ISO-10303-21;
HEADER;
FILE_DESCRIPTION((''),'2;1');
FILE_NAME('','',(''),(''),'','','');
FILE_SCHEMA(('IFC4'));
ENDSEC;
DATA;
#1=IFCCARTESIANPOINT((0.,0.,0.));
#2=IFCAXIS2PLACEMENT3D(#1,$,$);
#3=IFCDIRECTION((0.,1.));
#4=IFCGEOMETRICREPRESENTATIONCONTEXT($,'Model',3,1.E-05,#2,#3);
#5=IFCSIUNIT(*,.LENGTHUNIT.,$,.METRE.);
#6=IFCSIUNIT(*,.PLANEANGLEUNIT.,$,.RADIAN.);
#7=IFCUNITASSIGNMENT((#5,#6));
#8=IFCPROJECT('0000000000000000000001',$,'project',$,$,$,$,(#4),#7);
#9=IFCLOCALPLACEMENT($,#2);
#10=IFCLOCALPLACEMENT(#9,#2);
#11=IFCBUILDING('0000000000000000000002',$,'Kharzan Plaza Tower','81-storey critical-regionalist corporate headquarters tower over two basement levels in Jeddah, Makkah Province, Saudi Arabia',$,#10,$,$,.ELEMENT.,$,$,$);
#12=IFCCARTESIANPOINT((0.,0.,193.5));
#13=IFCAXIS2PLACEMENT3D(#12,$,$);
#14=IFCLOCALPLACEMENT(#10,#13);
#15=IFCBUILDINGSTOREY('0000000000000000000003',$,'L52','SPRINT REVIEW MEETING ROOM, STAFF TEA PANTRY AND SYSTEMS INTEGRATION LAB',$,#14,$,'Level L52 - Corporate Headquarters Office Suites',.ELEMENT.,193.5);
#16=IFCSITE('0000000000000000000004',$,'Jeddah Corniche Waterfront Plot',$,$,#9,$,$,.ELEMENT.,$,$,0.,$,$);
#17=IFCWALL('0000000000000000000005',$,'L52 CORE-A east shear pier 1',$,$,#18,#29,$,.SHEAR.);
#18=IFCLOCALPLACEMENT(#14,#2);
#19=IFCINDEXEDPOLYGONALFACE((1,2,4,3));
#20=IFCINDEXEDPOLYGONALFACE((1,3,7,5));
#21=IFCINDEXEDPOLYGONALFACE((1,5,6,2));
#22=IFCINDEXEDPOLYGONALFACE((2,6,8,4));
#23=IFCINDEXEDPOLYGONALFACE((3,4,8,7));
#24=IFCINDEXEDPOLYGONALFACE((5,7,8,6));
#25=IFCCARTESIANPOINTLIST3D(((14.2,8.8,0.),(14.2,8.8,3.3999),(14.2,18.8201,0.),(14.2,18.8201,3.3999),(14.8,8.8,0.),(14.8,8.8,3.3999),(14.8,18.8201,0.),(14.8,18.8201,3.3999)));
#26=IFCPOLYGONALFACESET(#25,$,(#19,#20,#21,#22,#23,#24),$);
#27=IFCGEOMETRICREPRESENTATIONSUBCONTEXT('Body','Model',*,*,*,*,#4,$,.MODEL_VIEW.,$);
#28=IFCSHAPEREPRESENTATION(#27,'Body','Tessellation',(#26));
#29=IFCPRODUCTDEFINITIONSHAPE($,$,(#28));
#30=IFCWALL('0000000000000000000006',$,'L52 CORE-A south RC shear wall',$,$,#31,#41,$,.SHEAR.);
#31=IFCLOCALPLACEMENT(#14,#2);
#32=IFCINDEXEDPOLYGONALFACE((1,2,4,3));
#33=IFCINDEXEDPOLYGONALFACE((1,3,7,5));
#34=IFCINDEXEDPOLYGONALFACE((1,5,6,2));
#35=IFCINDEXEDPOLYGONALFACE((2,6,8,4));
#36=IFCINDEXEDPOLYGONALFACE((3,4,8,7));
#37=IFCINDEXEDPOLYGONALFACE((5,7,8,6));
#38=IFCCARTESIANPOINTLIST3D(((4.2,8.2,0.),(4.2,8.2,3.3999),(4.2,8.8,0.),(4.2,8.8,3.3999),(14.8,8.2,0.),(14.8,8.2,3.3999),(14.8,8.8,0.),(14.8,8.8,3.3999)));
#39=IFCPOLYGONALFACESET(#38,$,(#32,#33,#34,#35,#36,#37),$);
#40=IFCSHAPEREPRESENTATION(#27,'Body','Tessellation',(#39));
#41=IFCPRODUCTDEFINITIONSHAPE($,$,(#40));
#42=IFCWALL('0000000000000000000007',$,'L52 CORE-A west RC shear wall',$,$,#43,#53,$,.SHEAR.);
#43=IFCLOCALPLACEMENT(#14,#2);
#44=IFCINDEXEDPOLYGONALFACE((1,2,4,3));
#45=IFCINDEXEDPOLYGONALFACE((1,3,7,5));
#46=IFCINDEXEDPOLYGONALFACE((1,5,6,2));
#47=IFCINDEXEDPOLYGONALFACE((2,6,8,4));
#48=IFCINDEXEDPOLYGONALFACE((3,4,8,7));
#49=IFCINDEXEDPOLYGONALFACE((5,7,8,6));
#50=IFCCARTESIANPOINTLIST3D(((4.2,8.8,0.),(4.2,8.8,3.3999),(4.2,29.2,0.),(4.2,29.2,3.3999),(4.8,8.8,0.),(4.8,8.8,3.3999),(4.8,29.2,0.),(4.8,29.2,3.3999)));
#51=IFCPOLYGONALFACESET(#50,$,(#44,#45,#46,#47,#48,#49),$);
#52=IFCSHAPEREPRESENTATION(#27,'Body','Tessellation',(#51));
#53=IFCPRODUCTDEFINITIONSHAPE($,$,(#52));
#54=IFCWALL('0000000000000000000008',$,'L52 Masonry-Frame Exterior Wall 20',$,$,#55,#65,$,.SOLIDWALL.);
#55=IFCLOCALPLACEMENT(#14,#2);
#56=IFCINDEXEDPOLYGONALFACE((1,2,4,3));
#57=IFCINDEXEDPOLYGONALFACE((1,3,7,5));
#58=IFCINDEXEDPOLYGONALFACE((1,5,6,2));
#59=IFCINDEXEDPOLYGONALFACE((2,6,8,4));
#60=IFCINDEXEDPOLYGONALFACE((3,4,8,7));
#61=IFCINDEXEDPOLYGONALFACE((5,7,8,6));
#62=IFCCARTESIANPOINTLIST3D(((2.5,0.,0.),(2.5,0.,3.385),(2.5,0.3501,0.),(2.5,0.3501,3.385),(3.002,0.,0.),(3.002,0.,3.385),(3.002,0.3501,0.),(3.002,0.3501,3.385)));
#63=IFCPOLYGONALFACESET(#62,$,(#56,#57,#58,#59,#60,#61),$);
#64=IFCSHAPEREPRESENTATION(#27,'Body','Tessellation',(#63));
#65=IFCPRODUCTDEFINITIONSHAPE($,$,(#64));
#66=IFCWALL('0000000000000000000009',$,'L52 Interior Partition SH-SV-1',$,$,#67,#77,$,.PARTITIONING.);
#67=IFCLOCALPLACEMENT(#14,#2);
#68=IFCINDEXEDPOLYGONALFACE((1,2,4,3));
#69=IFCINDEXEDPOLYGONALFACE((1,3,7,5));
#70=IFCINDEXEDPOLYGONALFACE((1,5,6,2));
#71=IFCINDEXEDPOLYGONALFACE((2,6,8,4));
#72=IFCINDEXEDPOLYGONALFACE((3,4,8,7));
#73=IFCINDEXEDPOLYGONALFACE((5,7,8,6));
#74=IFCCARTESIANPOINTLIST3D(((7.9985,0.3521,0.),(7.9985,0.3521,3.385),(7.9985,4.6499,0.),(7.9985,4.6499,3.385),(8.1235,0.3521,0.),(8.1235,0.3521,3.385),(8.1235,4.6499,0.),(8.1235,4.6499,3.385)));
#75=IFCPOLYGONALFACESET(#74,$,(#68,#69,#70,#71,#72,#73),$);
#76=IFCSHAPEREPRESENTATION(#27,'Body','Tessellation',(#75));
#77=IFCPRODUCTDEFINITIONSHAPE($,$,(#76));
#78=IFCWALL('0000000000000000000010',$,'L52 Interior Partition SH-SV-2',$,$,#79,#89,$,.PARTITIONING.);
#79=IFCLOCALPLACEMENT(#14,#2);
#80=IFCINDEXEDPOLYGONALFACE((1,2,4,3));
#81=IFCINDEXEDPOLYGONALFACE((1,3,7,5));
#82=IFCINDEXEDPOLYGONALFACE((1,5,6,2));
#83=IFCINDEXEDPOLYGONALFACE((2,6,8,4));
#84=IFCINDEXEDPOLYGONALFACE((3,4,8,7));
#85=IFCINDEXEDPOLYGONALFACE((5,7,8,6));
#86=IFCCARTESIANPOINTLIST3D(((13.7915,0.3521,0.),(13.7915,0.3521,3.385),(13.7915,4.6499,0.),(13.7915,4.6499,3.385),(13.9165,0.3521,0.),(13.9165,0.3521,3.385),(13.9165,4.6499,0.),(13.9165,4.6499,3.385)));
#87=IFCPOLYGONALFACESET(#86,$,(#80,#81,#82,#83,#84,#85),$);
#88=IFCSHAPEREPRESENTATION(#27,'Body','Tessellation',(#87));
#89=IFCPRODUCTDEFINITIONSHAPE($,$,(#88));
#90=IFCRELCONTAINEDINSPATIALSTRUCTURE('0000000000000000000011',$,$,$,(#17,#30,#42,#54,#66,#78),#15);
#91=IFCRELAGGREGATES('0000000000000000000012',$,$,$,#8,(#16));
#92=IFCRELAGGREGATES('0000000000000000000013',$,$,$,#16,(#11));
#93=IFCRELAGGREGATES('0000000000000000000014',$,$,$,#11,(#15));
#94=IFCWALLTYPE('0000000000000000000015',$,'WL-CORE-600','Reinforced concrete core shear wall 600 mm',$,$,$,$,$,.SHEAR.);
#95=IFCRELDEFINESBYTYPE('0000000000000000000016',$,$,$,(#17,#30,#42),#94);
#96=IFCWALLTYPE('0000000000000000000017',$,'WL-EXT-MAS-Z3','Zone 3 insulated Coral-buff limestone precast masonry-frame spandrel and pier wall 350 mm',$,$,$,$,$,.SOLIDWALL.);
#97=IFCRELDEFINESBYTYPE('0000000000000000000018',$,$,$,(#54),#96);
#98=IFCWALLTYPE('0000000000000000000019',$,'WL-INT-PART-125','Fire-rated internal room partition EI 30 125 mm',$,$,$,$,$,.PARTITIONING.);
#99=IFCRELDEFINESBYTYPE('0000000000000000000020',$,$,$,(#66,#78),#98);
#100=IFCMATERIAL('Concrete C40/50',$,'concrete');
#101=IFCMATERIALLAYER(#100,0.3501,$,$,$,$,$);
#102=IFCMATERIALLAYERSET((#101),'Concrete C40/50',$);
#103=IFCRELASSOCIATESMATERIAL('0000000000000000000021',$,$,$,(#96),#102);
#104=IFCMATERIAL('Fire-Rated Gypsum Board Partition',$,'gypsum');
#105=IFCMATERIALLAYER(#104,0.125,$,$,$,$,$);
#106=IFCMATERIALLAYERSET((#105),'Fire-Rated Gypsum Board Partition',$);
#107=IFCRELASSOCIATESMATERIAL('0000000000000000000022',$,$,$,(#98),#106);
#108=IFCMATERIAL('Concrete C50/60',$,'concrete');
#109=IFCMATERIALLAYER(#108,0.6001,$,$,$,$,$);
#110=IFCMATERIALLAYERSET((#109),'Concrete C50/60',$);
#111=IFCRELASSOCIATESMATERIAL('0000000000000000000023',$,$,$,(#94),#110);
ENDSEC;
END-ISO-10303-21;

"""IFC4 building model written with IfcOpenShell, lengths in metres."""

from ifc_helpers import new_model, si_unit, direction, frame, frame_2d, origin, place, context, subcontext, project, spatial, rectangle, extrude, source, transform, mapped, material, layer, layer_set, type_object, element, save


model = new_model("IFC4")

# Units and contexts
model_context = context("Model", 3, precision=1e-05, world=origin(), true_north=direction((0.0, 1.0)))
body_context = subcontext(model_context, "Body", "Model", "MODEL_VIEW")
ifc_project = project(units=[si_unit("LENGTHUNIT", "METRE"), si_unit("PLANEANGLEUNIT", "RADIAN")], contexts=[model_context])

# Site, building, storey
site_placement = place(None, origin())
site = spatial("IfcSite", under=ifc_project, at=site_placement, Name="Jeddah Corniche Waterfront Plot", CompositionType="ELEMENT", RefElevation=0.0)
building_placement = place(site_placement, origin())
building = spatial("IfcBuilding", under=site, at=building_placement, Name="Kharzan Plaza Tower", Description="81-storey critical-regionalist corporate headquarters tower over two basement levels in Jeddah, Makkah Province, Saudi Arabia", CompositionType="ELEMENT")
storey_placement = place(building_placement, frame((0.0, 0.0, 193.5)))
storey = spatial("IfcBuildingStorey", under=building, at=storey_placement, Name="L52", Description="SPRINT REVIEW MEETING ROOM, STAFF TEA PANTRY AND SYSTEMS INTEGRATION LAB", LongName="Level L52 - Corporate Headquarters Office Suites", CompositionType="ELEMENT", Elevation=193.5)

# Shared definitions
ifc_material_1 = material(Name="Concrete C50/60", Category="concrete")

# Shared definitions
ifc_material_2 = material(Name="Concrete C40/50", Category="concrete")
ifc_layer_1 = layer(ifc_material_2, 0.3501)
ifc_layer_set_1 = layer_set([ifc_layer_1], Name="Concrete C40/50")
wall_type_1 = type_object("IfcWallType", Name="WL-EXT-MAS-Z3", Description="Zone 3 insulated Coral-buff limestone precast masonry-frame spandrel and pier wall 350 mm", PredefinedType="SOLIDWALL", material=ifc_layer_set_1)

# Shared definitions
ifc_material_3 = material(Name="Fire-Rated Gypsum Board Partition", Category="gypsum")
ifc_layer_2 = layer(ifc_material_3, 0.125)
ifc_layer_set_2 = layer_set([ifc_layer_2], Name="Fire-Rated Gypsum Board Partition")
wall_type_2 = type_object("IfcWallType", Name="WL-INT-PART-125", Description="Fire-rated internal room partition EI 30 125 mm", PredefinedType="PARTITIONING", material=ifc_layer_set_2)

# Walls
ifc_layer_3 = layer(ifc_material_1, 0.6001)
ifc_layer_set_3 = layer_set([ifc_layer_3], Name="Concrete C50/60")
wall_type_3 = type_object("IfcWallType", Name="WL-CORE-600", Description="Reinforced concrete core shear wall 600 mm", PredefinedType="SHEAR", material=ifc_layer_set_3)
shared_shape_1 = source(origin(), body_context, "Body", "SweptSolid", [
    extrude(rectangle(XDim=10.02, YDim=0.6001, at=frame_2d((5.01, 0.0))), origin(), (0.0, 0.0, 1.0), 3.3999),
])
wall_1_placement = place(storey_placement, frame((14.5, 8.8, 0.0), z_axis=(0.0, 0.0, 1.0), x_axis=(0.0, 1.0, 0.0)))
element("IfcWall", 1, at=wall_1_placement, inside=storey, type_object=wall_type_3, Name="L52 CORE-A east shear pier 1", PredefinedType="SHEAR", context=body_context, shape_type="MappedRepresentation", body=[
    mapped(shared_shape_1, transform((0.0, 0.0, 0.0), x_axis=(1.0, 0.0, 0.0), y_axis=(0.0, 1.0, 0.0), z_axis=(0.0, 0.0, 1.0))),
])
shared_shape_2 = source(origin(), body_context, "Body", "SweptSolid", [
    extrude(rectangle(XDim=10.6001, YDim=0.6001, at=frame_2d((5.3, 0.0))), origin(), (0.0, 0.0, 1.0), 3.3999),
])
wall_2_placement = place(storey_placement, frame((4.2, 8.5, 0.0), z_axis=(0.0, 0.0, 1.0), x_axis=(1.0, 0.0, 0.0)))
element("IfcWall", 2, at=wall_2_placement, inside=storey, type_object=wall_type_3, Name="L52 CORE-A south RC shear wall", PredefinedType="SHEAR", context=body_context, shape_type="MappedRepresentation", body=[
    mapped(shared_shape_2, transform((0.0, 0.0, 0.0), x_axis=(1.0, 0.0, 0.0), y_axis=(0.0, 1.0, 0.0), z_axis=(0.0, 0.0, 1.0))),
])
shared_shape_3 = source(origin(), body_context, "Body", "SweptSolid", [
    extrude(rectangle(XDim=20.3999, YDim=0.6001, at=frame_2d((10.2, 0.0))), origin(), (0.0, 0.0, 1.0), 3.3999),
])
wall_3_placement = place(storey_placement, frame((4.5, 8.8, 0.0), z_axis=(0.0, 0.0, 1.0), x_axis=(0.0, 1.0, 0.0)))
element("IfcWall", 3, at=wall_3_placement, inside=storey, type_object=wall_type_3, Name="L52 CORE-A west RC shear wall", PredefinedType="SHEAR", context=body_context, shape_type="MappedRepresentation", body=[
    mapped(shared_shape_3, transform((0.0, 0.0, 0.0), x_axis=(1.0, 0.0, 0.0), y_axis=(0.0, 1.0, 0.0), z_axis=(0.0, 0.0, 1.0))),
])
shared_shape_4 = source(origin(), body_context, "Body", "SweptSolid", [
    extrude(rectangle(XDim=0.502, YDim=0.3501, at=frame_2d((0.251, 0.0))), origin(), (0.0, 0.0, 1.0), 3.385),
])
wall_4_placement = place(storey_placement, frame((2.5, 0.175, 0.0), z_axis=(0.0, 0.0, 1.0), x_axis=(1.0, 0.0, 0.0)))
element("IfcWall", 4, at=wall_4_placement, inside=storey, type_object=wall_type_1, Name="L52 Masonry-Frame Exterior Wall 20", PredefinedType="SOLIDWALL", context=body_context, shape_type="MappedRepresentation", body=[
    mapped(shared_shape_4, transform((0.0, 0.0, 0.0), x_axis=(1.0, 0.0, 0.0), y_axis=(0.0, 1.0, 0.0), z_axis=(0.0, 0.0, 1.0))),
])
shared_shape_5 = source(origin(), body_context, "Body", "SweptSolid", [
    extrude(rectangle(XDim=4.2979, YDim=0.125, at=frame_2d((2.1489, 0.0))), origin(), (0.0, 0.0, 1.0), 3.385),
])
for number, where, z_axis, x_axis, name in (
    (5, (8.061, 0.3521, 0.0), (0.0, 0.0, 1.0), (0.0, 1.0, 0.0), "L52 Interior Partition SH-SV-1"),
    (6, (13.854, 0.3521, 0.0), (0.0, 0.0, 1.0), (0.0, 1.0, 0.0), "L52 Interior Partition SH-SV-2"),
):
    element("IfcWall", number, at=place(storey_placement, frame(where, z_axis=z_axis, x_axis=x_axis)), inside=storey, type_object=wall_type_2, Name=name, PredefinedType="PARTITIONING", context=body_context, shape_type="MappedRepresentation", body=[
        mapped(shared_shape_5, transform((0.0, 0.0, 0.0), x_axis=(1.0, 0.0, 0.0), y_axis=(0.0, 1.0, 0.0), z_axis=(0.0, 0.0, 1.0))),
    ])

save(model, "model.ifc")
